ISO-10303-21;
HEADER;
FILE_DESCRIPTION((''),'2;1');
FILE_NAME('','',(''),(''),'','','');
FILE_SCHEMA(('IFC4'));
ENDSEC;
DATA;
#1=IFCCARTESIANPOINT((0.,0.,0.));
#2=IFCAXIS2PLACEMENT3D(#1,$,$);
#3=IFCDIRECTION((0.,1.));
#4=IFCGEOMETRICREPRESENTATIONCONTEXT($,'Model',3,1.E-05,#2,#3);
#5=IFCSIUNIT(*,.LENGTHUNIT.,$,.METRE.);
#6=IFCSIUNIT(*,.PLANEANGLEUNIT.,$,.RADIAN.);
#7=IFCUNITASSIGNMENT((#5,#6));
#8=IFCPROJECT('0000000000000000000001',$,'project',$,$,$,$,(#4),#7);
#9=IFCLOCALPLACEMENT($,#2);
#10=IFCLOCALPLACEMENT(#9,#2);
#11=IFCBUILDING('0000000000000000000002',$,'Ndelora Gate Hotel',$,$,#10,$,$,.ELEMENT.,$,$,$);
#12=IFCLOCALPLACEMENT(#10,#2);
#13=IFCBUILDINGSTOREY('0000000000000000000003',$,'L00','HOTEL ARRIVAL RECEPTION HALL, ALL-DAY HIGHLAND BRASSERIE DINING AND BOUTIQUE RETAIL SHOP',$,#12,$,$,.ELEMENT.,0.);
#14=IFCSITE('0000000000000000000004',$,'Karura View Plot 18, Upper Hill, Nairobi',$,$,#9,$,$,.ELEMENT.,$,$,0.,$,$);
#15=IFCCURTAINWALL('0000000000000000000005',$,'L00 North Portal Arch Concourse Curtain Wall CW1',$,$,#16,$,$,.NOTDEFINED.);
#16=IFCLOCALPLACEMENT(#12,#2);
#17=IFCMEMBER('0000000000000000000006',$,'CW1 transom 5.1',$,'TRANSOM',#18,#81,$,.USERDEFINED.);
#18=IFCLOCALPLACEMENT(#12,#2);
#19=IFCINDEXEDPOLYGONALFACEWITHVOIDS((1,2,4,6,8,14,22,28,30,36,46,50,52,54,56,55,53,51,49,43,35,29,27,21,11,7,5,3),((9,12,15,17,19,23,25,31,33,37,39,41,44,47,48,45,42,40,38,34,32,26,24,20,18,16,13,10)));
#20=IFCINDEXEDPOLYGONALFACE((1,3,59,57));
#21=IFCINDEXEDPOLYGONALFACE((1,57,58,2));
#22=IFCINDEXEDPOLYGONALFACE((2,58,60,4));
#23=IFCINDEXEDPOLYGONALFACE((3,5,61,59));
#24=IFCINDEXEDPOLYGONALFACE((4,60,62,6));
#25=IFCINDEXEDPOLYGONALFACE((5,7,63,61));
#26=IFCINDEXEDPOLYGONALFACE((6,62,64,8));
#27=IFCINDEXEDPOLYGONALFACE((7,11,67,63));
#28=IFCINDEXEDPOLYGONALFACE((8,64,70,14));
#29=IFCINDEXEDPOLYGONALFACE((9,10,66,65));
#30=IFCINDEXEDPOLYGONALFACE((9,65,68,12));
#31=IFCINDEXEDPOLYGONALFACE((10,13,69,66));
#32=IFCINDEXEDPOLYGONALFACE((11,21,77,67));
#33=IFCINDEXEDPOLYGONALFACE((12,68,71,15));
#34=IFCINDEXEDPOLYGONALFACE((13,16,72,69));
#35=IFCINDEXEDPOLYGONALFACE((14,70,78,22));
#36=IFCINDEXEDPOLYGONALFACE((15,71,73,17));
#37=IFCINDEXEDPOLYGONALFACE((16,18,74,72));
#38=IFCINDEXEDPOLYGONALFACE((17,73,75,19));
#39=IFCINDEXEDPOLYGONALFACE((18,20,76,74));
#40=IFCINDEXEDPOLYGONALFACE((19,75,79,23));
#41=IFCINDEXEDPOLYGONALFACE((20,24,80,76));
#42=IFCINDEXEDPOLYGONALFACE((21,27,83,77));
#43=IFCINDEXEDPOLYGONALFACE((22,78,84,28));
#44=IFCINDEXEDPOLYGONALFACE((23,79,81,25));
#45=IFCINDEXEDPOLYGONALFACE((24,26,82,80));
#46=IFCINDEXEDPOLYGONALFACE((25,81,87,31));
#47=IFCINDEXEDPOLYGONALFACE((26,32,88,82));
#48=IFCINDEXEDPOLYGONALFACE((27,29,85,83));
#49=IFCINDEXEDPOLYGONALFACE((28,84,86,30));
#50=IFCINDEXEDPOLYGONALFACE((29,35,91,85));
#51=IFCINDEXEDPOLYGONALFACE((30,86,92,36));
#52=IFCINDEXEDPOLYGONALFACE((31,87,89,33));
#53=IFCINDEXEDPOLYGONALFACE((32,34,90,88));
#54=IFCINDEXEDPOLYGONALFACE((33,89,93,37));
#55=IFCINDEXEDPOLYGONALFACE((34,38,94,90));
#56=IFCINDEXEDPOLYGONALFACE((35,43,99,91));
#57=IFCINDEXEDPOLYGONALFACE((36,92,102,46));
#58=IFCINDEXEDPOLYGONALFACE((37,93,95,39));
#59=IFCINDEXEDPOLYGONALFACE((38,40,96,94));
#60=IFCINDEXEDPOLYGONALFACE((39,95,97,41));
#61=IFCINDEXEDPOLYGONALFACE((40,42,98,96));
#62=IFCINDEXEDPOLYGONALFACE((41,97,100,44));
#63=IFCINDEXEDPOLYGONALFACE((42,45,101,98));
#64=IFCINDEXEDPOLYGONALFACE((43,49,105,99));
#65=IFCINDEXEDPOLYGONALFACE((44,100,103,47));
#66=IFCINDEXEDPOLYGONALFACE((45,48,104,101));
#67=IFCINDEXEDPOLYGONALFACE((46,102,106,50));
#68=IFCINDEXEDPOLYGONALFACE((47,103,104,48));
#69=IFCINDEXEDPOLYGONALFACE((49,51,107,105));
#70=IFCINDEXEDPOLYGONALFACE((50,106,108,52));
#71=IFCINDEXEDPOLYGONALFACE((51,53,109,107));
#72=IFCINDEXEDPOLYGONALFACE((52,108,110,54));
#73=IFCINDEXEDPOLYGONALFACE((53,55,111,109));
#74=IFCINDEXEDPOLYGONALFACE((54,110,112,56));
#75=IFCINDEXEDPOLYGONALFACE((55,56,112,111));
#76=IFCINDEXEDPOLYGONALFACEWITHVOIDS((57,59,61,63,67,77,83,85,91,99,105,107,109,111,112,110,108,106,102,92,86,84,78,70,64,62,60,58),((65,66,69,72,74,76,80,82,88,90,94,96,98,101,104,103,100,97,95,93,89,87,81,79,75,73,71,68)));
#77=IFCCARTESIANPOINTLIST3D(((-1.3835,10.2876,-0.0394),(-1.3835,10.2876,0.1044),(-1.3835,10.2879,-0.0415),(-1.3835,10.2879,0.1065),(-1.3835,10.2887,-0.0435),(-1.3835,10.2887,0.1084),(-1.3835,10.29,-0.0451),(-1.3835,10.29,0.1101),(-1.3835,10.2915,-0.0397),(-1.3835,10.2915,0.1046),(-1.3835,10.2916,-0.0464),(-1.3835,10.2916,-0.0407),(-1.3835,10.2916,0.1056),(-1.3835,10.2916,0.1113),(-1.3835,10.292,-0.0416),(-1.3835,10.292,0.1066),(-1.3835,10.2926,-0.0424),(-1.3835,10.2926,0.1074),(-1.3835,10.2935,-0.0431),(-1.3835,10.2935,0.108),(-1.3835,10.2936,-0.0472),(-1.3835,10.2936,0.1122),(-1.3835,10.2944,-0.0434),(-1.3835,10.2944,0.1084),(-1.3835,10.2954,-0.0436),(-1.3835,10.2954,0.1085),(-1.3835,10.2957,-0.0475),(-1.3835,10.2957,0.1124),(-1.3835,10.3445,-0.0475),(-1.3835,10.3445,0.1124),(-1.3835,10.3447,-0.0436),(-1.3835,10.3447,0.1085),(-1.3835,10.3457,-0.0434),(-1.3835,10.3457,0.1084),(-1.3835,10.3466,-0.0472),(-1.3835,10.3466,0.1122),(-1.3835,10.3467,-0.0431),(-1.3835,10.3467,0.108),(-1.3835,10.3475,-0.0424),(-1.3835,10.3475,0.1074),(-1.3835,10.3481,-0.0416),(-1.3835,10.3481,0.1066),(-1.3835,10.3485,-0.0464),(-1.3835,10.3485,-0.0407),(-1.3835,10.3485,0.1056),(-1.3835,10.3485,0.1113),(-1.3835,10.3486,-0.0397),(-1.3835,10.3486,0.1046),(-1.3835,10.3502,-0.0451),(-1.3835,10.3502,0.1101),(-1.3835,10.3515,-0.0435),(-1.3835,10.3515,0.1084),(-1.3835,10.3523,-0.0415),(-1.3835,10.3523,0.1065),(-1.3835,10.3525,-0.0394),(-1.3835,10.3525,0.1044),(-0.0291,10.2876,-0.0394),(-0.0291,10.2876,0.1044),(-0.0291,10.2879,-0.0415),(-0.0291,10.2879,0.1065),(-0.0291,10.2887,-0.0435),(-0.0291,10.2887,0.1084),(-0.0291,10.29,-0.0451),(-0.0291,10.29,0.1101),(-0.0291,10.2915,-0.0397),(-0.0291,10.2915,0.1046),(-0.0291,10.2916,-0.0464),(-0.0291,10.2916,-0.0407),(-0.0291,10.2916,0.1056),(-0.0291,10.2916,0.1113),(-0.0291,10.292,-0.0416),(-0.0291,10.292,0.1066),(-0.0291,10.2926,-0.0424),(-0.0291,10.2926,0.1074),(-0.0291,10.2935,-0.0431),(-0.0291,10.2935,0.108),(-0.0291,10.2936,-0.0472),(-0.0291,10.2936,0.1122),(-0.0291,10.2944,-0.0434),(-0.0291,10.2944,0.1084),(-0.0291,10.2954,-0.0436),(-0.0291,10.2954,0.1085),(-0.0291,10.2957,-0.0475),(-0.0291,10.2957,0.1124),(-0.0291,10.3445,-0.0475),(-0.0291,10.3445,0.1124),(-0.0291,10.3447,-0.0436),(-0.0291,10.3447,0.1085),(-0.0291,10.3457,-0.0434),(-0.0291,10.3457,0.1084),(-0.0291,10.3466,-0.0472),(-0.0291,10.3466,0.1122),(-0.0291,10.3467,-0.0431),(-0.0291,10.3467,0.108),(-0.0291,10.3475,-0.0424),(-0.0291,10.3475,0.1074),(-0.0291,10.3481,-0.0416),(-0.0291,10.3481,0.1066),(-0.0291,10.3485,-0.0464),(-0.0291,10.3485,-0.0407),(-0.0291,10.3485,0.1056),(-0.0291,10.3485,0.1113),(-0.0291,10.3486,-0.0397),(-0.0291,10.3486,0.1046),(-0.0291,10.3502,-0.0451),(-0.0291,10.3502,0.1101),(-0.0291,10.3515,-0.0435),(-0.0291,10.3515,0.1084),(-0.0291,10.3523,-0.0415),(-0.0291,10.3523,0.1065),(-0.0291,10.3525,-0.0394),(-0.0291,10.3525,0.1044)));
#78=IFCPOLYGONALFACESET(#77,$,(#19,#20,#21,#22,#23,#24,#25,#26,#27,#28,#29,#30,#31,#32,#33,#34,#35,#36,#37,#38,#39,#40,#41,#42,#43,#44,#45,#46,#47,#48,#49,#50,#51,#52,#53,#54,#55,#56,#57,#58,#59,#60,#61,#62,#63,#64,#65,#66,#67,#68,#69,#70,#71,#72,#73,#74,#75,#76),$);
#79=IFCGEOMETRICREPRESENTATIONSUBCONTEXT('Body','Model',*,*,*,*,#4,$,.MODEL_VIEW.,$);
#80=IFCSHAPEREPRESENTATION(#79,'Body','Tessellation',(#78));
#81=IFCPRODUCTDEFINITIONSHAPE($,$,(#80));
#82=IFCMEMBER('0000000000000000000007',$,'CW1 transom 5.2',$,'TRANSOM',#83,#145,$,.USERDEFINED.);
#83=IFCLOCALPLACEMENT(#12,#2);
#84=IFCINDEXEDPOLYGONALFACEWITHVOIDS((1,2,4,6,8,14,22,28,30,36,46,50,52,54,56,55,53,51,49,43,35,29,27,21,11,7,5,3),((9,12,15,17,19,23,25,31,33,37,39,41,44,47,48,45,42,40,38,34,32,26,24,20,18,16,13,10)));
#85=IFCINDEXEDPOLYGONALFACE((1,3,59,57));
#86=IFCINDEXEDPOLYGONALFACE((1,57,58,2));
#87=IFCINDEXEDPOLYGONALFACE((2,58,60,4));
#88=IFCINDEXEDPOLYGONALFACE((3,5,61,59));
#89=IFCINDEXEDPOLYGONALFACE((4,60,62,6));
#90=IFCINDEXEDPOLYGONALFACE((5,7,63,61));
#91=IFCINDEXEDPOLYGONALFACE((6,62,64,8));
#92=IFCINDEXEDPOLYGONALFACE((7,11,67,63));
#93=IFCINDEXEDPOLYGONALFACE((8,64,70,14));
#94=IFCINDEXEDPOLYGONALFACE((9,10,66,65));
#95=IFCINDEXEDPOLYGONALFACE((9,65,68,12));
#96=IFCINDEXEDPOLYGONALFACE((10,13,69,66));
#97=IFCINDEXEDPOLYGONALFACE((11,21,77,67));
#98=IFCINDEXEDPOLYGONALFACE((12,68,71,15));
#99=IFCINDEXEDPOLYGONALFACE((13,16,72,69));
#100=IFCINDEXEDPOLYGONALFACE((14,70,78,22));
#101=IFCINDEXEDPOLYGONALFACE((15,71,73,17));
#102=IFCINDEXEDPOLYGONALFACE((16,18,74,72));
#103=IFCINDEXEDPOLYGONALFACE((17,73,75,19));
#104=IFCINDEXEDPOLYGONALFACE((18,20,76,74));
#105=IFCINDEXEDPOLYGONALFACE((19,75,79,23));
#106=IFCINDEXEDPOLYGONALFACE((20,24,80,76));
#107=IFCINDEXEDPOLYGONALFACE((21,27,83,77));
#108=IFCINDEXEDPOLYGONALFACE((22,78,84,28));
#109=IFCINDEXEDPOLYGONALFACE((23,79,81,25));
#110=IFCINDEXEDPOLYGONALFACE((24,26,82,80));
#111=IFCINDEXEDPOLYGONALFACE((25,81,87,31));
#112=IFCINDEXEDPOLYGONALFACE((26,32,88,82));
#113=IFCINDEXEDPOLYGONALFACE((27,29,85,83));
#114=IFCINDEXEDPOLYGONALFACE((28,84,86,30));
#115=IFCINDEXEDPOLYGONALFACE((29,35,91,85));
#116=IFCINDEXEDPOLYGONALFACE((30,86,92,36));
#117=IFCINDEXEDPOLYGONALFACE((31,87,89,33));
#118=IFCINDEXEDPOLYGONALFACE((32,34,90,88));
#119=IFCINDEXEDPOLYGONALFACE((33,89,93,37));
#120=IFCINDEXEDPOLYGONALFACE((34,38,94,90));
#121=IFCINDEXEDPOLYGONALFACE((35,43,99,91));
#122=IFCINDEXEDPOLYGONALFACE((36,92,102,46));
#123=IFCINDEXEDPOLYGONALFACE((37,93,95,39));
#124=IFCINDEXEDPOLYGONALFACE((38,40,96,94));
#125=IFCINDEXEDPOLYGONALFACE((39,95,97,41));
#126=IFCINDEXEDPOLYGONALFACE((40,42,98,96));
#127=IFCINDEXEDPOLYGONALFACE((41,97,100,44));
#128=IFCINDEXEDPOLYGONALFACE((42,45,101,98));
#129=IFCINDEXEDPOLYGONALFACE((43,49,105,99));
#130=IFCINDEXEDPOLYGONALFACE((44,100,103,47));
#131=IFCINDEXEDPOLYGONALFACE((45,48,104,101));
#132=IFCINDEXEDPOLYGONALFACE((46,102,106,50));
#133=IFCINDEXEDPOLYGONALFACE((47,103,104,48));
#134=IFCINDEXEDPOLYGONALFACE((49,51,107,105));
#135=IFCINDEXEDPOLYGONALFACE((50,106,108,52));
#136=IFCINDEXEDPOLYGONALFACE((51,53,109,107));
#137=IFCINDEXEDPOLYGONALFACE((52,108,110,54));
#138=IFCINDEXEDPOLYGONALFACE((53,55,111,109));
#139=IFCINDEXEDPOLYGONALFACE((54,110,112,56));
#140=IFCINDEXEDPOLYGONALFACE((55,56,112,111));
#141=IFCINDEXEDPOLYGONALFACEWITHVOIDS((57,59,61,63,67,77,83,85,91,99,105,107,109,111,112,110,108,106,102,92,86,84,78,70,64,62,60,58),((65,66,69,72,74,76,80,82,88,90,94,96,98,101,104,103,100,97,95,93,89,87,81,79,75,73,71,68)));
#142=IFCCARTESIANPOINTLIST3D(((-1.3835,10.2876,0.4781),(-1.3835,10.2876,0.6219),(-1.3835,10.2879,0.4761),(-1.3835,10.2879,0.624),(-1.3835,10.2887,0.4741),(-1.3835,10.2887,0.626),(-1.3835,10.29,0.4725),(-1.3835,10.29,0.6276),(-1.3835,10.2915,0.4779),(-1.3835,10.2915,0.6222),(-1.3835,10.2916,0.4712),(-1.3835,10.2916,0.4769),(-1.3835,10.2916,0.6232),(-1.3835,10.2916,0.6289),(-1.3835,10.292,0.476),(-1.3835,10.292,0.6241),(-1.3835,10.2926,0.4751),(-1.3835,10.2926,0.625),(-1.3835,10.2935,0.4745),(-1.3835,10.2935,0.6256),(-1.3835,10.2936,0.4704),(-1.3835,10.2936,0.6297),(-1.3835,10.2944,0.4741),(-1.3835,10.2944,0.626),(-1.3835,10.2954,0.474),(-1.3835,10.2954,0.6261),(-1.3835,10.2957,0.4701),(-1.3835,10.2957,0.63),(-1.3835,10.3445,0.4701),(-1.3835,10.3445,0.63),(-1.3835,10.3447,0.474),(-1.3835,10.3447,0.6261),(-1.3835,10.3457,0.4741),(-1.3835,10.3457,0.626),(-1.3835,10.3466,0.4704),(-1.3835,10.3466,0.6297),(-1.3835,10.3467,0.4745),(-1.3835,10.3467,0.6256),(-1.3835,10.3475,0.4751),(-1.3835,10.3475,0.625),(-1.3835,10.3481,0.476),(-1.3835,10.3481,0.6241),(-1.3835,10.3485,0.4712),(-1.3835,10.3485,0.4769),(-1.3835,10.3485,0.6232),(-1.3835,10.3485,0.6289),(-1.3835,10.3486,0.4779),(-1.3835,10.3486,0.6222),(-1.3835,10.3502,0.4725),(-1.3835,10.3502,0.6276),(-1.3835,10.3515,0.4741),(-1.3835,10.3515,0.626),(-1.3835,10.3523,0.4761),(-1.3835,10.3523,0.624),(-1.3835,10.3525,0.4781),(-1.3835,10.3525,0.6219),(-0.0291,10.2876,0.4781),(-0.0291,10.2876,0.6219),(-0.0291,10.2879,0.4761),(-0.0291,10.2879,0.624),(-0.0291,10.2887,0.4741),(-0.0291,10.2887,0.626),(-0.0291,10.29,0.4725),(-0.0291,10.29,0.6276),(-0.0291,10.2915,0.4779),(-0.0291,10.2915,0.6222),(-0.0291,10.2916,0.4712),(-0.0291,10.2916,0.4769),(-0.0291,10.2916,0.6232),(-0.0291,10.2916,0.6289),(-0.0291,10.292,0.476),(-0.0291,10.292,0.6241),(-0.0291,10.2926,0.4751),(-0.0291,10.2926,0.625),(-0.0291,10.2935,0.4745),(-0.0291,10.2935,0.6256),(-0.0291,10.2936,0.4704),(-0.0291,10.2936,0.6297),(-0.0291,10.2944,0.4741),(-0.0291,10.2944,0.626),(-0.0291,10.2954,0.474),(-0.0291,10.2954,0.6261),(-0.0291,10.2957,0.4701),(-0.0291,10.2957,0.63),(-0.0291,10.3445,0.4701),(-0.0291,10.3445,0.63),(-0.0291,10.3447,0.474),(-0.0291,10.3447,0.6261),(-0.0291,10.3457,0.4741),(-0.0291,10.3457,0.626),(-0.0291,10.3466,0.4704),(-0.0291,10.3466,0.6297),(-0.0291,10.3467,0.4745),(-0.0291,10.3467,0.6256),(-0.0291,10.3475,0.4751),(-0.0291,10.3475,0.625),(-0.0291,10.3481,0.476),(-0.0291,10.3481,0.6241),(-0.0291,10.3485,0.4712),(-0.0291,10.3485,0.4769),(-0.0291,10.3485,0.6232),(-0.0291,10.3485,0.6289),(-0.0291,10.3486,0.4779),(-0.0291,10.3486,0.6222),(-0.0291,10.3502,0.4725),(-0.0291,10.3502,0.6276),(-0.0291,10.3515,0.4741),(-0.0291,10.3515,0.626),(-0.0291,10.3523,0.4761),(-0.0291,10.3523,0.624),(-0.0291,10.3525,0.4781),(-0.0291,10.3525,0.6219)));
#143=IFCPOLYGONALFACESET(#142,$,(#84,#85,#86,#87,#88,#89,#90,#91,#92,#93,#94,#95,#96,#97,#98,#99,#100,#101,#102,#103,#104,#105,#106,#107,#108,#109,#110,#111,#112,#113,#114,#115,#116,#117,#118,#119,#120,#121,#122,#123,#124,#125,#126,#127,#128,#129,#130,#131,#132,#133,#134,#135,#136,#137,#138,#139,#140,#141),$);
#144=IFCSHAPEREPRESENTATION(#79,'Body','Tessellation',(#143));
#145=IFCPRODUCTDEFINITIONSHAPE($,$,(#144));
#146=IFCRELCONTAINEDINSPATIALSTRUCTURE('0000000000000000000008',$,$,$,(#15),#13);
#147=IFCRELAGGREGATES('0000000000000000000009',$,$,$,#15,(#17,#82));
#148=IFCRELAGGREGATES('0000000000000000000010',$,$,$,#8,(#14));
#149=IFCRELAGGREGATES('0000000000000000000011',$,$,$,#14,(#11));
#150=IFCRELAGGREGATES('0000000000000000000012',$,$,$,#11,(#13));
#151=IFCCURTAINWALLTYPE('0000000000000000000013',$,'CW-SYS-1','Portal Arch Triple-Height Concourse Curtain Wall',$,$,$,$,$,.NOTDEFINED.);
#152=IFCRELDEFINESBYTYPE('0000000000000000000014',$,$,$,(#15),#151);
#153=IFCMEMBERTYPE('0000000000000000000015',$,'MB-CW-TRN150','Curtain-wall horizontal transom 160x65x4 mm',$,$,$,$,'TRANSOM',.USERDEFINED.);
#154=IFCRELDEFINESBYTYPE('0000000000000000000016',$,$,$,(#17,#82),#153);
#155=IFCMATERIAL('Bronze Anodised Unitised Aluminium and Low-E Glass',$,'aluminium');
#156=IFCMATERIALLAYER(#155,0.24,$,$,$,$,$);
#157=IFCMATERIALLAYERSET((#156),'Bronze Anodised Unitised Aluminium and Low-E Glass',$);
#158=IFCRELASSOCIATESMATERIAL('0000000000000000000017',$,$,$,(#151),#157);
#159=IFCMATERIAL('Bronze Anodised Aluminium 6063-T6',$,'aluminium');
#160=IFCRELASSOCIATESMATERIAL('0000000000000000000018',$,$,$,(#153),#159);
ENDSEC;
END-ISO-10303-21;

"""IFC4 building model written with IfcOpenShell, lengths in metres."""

from ifc_helpers import new_model, si_unit, direction, frame, origin, origin_2d, place, context, subcontext, project, spatial, hollow_rectangle, extrude, material, layer, layer_set, material_profile, profile_set, type_object, element, aggregate, save


model = new_model("IFC4")

# Units and contexts
model_context = context("Model", 3, precision=1e-05, world=origin(), true_north=direction((0.0, 1.0)))
body_context = subcontext(model_context, "Body", "Model", "MODEL_VIEW")
ifc_project = project(units=[si_unit("LENGTHUNIT", "METRE"), si_unit("PLANEANGLEUNIT", "RADIAN")], contexts=[model_context])

# Site, building, storey
site_placement = place(None, origin())
site = spatial("IfcSite", under=ifc_project, at=site_placement, Name="Karura View Plot 18, Upper Hill, Nairobi", CompositionType="ELEMENT", RefElevation=0.0)
building_placement = place(site_placement, origin())
building = spatial("IfcBuilding", under=site, at=building_placement, Name="Ndelora Gate Hotel", CompositionType="ELEMENT")
storey_placement = place(building_placement, origin())
storey = spatial("IfcBuildingStorey", under=building, at=storey_placement, Name="L00", Description="HOTEL ARRIVAL RECEPTION HALL, ALL-DAY HIGHLAND BRASSERIE DINING AND BOUTIQUE RETAIL SHOP", CompositionType="ELEMENT", Elevation=0.0)

# Curtain wall, members
ifc_material_1 = material(Name="Bronze Anodised Unitised Aluminium and Low-E Glass", Category="aluminium")
ifc_layer_1 = layer(ifc_material_1, 0.24)
ifc_layer_set_1 = layer_set([ifc_layer_1], Name="Bronze Anodised Unitised Aluminium and Low-E Glass")
curtain_wall_type = type_object("IfcCurtainWallType", Name="CW-SYS-1", Description="Portal Arch Triple-Height Concourse Curtain Wall", PredefinedType="NOTDEFINED", material=ifc_layer_set_1)
curtain_wall_placement = place(storey_placement, origin())
curtain_wall = element("IfcCurtainWall", 1, at=curtain_wall_placement, inside=storey, type_object=curtain_wall_type, Name="L00 North Portal Arch Concourse Curtain Wall CW1", PredefinedType="NOTDEFINED")
ifc_material_2 = material(Name="Bronze Anodised Aluminium 6063-T6", Category="aluminium")
ifc_material_profile_1 = material_profile(ifc_material_2, hollow_rectangle(XDim=0.0649, YDim=0.1599, WallThickness=0.0039, InnerFilletRadius=0.0039, OuterFilletRadius=0.0081, at=origin_2d()), Name="ALU 160x65x4")
ifc_profile_set_1 = profile_set([ifc_material_profile_1], Name="Bronze Anodised Aluminium 6063-T6")
member_type_1 = type_object("IfcMemberType", Name="MB-CW-TRN150", Description="Curtain-wall horizontal transom 160x65x4 mm", ElementType="TRANSOM", PredefinedType="USERDEFINED", material=ifc_profile_set_1)
member_1_placement = place(storey_placement, frame((-0.0291, 10.3201, 0.0325), z_axis=(-1.0, 0.0, 0.0), x_axis=(0.0, -1.0, 0.0)))
member_1 = element("IfcMember", 2, at=member_1_placement, type_object=member_type_1, Name="CW1 transom 5.1", ObjectType="TRANSOM", PredefinedType="USERDEFINED", context=body_context, shape_type="SweptSolid", body=[
    extrude(hollow_rectangle(XDim=0.0649, YDim=0.1599, WallThickness=0.0039, InnerFilletRadius=0.0039, OuterFilletRadius=0.0081, at=origin_2d()), origin(), (0.0, 0.0, 1.0), 1.3545),
])
member_2_placement = place(storey_placement, frame((-0.0291, 10.3201, 0.55), z_axis=(-1.0, 0.0, 0.0), x_axis=(0.0, -1.0, 0.0)))
member_2 = element("IfcMember", 3, at=member_2_placement, type_object=member_type_1, Name="CW1 transom 5.2", ObjectType="TRANSOM", PredefinedType="USERDEFINED", context=body_context, shape_type="SweptSolid", body=[
    extrude(hollow_rectangle(XDim=0.0649, YDim=0.1599, WallThickness=0.0039, InnerFilletRadius=0.0039, OuterFilletRadius=0.0081, at=origin_2d()), origin(), (0.0, 0.0, 1.0), 1.3545),
])
aggregate(curtain_wall, [member_1, member_2])

save(model, "model.ifc")
